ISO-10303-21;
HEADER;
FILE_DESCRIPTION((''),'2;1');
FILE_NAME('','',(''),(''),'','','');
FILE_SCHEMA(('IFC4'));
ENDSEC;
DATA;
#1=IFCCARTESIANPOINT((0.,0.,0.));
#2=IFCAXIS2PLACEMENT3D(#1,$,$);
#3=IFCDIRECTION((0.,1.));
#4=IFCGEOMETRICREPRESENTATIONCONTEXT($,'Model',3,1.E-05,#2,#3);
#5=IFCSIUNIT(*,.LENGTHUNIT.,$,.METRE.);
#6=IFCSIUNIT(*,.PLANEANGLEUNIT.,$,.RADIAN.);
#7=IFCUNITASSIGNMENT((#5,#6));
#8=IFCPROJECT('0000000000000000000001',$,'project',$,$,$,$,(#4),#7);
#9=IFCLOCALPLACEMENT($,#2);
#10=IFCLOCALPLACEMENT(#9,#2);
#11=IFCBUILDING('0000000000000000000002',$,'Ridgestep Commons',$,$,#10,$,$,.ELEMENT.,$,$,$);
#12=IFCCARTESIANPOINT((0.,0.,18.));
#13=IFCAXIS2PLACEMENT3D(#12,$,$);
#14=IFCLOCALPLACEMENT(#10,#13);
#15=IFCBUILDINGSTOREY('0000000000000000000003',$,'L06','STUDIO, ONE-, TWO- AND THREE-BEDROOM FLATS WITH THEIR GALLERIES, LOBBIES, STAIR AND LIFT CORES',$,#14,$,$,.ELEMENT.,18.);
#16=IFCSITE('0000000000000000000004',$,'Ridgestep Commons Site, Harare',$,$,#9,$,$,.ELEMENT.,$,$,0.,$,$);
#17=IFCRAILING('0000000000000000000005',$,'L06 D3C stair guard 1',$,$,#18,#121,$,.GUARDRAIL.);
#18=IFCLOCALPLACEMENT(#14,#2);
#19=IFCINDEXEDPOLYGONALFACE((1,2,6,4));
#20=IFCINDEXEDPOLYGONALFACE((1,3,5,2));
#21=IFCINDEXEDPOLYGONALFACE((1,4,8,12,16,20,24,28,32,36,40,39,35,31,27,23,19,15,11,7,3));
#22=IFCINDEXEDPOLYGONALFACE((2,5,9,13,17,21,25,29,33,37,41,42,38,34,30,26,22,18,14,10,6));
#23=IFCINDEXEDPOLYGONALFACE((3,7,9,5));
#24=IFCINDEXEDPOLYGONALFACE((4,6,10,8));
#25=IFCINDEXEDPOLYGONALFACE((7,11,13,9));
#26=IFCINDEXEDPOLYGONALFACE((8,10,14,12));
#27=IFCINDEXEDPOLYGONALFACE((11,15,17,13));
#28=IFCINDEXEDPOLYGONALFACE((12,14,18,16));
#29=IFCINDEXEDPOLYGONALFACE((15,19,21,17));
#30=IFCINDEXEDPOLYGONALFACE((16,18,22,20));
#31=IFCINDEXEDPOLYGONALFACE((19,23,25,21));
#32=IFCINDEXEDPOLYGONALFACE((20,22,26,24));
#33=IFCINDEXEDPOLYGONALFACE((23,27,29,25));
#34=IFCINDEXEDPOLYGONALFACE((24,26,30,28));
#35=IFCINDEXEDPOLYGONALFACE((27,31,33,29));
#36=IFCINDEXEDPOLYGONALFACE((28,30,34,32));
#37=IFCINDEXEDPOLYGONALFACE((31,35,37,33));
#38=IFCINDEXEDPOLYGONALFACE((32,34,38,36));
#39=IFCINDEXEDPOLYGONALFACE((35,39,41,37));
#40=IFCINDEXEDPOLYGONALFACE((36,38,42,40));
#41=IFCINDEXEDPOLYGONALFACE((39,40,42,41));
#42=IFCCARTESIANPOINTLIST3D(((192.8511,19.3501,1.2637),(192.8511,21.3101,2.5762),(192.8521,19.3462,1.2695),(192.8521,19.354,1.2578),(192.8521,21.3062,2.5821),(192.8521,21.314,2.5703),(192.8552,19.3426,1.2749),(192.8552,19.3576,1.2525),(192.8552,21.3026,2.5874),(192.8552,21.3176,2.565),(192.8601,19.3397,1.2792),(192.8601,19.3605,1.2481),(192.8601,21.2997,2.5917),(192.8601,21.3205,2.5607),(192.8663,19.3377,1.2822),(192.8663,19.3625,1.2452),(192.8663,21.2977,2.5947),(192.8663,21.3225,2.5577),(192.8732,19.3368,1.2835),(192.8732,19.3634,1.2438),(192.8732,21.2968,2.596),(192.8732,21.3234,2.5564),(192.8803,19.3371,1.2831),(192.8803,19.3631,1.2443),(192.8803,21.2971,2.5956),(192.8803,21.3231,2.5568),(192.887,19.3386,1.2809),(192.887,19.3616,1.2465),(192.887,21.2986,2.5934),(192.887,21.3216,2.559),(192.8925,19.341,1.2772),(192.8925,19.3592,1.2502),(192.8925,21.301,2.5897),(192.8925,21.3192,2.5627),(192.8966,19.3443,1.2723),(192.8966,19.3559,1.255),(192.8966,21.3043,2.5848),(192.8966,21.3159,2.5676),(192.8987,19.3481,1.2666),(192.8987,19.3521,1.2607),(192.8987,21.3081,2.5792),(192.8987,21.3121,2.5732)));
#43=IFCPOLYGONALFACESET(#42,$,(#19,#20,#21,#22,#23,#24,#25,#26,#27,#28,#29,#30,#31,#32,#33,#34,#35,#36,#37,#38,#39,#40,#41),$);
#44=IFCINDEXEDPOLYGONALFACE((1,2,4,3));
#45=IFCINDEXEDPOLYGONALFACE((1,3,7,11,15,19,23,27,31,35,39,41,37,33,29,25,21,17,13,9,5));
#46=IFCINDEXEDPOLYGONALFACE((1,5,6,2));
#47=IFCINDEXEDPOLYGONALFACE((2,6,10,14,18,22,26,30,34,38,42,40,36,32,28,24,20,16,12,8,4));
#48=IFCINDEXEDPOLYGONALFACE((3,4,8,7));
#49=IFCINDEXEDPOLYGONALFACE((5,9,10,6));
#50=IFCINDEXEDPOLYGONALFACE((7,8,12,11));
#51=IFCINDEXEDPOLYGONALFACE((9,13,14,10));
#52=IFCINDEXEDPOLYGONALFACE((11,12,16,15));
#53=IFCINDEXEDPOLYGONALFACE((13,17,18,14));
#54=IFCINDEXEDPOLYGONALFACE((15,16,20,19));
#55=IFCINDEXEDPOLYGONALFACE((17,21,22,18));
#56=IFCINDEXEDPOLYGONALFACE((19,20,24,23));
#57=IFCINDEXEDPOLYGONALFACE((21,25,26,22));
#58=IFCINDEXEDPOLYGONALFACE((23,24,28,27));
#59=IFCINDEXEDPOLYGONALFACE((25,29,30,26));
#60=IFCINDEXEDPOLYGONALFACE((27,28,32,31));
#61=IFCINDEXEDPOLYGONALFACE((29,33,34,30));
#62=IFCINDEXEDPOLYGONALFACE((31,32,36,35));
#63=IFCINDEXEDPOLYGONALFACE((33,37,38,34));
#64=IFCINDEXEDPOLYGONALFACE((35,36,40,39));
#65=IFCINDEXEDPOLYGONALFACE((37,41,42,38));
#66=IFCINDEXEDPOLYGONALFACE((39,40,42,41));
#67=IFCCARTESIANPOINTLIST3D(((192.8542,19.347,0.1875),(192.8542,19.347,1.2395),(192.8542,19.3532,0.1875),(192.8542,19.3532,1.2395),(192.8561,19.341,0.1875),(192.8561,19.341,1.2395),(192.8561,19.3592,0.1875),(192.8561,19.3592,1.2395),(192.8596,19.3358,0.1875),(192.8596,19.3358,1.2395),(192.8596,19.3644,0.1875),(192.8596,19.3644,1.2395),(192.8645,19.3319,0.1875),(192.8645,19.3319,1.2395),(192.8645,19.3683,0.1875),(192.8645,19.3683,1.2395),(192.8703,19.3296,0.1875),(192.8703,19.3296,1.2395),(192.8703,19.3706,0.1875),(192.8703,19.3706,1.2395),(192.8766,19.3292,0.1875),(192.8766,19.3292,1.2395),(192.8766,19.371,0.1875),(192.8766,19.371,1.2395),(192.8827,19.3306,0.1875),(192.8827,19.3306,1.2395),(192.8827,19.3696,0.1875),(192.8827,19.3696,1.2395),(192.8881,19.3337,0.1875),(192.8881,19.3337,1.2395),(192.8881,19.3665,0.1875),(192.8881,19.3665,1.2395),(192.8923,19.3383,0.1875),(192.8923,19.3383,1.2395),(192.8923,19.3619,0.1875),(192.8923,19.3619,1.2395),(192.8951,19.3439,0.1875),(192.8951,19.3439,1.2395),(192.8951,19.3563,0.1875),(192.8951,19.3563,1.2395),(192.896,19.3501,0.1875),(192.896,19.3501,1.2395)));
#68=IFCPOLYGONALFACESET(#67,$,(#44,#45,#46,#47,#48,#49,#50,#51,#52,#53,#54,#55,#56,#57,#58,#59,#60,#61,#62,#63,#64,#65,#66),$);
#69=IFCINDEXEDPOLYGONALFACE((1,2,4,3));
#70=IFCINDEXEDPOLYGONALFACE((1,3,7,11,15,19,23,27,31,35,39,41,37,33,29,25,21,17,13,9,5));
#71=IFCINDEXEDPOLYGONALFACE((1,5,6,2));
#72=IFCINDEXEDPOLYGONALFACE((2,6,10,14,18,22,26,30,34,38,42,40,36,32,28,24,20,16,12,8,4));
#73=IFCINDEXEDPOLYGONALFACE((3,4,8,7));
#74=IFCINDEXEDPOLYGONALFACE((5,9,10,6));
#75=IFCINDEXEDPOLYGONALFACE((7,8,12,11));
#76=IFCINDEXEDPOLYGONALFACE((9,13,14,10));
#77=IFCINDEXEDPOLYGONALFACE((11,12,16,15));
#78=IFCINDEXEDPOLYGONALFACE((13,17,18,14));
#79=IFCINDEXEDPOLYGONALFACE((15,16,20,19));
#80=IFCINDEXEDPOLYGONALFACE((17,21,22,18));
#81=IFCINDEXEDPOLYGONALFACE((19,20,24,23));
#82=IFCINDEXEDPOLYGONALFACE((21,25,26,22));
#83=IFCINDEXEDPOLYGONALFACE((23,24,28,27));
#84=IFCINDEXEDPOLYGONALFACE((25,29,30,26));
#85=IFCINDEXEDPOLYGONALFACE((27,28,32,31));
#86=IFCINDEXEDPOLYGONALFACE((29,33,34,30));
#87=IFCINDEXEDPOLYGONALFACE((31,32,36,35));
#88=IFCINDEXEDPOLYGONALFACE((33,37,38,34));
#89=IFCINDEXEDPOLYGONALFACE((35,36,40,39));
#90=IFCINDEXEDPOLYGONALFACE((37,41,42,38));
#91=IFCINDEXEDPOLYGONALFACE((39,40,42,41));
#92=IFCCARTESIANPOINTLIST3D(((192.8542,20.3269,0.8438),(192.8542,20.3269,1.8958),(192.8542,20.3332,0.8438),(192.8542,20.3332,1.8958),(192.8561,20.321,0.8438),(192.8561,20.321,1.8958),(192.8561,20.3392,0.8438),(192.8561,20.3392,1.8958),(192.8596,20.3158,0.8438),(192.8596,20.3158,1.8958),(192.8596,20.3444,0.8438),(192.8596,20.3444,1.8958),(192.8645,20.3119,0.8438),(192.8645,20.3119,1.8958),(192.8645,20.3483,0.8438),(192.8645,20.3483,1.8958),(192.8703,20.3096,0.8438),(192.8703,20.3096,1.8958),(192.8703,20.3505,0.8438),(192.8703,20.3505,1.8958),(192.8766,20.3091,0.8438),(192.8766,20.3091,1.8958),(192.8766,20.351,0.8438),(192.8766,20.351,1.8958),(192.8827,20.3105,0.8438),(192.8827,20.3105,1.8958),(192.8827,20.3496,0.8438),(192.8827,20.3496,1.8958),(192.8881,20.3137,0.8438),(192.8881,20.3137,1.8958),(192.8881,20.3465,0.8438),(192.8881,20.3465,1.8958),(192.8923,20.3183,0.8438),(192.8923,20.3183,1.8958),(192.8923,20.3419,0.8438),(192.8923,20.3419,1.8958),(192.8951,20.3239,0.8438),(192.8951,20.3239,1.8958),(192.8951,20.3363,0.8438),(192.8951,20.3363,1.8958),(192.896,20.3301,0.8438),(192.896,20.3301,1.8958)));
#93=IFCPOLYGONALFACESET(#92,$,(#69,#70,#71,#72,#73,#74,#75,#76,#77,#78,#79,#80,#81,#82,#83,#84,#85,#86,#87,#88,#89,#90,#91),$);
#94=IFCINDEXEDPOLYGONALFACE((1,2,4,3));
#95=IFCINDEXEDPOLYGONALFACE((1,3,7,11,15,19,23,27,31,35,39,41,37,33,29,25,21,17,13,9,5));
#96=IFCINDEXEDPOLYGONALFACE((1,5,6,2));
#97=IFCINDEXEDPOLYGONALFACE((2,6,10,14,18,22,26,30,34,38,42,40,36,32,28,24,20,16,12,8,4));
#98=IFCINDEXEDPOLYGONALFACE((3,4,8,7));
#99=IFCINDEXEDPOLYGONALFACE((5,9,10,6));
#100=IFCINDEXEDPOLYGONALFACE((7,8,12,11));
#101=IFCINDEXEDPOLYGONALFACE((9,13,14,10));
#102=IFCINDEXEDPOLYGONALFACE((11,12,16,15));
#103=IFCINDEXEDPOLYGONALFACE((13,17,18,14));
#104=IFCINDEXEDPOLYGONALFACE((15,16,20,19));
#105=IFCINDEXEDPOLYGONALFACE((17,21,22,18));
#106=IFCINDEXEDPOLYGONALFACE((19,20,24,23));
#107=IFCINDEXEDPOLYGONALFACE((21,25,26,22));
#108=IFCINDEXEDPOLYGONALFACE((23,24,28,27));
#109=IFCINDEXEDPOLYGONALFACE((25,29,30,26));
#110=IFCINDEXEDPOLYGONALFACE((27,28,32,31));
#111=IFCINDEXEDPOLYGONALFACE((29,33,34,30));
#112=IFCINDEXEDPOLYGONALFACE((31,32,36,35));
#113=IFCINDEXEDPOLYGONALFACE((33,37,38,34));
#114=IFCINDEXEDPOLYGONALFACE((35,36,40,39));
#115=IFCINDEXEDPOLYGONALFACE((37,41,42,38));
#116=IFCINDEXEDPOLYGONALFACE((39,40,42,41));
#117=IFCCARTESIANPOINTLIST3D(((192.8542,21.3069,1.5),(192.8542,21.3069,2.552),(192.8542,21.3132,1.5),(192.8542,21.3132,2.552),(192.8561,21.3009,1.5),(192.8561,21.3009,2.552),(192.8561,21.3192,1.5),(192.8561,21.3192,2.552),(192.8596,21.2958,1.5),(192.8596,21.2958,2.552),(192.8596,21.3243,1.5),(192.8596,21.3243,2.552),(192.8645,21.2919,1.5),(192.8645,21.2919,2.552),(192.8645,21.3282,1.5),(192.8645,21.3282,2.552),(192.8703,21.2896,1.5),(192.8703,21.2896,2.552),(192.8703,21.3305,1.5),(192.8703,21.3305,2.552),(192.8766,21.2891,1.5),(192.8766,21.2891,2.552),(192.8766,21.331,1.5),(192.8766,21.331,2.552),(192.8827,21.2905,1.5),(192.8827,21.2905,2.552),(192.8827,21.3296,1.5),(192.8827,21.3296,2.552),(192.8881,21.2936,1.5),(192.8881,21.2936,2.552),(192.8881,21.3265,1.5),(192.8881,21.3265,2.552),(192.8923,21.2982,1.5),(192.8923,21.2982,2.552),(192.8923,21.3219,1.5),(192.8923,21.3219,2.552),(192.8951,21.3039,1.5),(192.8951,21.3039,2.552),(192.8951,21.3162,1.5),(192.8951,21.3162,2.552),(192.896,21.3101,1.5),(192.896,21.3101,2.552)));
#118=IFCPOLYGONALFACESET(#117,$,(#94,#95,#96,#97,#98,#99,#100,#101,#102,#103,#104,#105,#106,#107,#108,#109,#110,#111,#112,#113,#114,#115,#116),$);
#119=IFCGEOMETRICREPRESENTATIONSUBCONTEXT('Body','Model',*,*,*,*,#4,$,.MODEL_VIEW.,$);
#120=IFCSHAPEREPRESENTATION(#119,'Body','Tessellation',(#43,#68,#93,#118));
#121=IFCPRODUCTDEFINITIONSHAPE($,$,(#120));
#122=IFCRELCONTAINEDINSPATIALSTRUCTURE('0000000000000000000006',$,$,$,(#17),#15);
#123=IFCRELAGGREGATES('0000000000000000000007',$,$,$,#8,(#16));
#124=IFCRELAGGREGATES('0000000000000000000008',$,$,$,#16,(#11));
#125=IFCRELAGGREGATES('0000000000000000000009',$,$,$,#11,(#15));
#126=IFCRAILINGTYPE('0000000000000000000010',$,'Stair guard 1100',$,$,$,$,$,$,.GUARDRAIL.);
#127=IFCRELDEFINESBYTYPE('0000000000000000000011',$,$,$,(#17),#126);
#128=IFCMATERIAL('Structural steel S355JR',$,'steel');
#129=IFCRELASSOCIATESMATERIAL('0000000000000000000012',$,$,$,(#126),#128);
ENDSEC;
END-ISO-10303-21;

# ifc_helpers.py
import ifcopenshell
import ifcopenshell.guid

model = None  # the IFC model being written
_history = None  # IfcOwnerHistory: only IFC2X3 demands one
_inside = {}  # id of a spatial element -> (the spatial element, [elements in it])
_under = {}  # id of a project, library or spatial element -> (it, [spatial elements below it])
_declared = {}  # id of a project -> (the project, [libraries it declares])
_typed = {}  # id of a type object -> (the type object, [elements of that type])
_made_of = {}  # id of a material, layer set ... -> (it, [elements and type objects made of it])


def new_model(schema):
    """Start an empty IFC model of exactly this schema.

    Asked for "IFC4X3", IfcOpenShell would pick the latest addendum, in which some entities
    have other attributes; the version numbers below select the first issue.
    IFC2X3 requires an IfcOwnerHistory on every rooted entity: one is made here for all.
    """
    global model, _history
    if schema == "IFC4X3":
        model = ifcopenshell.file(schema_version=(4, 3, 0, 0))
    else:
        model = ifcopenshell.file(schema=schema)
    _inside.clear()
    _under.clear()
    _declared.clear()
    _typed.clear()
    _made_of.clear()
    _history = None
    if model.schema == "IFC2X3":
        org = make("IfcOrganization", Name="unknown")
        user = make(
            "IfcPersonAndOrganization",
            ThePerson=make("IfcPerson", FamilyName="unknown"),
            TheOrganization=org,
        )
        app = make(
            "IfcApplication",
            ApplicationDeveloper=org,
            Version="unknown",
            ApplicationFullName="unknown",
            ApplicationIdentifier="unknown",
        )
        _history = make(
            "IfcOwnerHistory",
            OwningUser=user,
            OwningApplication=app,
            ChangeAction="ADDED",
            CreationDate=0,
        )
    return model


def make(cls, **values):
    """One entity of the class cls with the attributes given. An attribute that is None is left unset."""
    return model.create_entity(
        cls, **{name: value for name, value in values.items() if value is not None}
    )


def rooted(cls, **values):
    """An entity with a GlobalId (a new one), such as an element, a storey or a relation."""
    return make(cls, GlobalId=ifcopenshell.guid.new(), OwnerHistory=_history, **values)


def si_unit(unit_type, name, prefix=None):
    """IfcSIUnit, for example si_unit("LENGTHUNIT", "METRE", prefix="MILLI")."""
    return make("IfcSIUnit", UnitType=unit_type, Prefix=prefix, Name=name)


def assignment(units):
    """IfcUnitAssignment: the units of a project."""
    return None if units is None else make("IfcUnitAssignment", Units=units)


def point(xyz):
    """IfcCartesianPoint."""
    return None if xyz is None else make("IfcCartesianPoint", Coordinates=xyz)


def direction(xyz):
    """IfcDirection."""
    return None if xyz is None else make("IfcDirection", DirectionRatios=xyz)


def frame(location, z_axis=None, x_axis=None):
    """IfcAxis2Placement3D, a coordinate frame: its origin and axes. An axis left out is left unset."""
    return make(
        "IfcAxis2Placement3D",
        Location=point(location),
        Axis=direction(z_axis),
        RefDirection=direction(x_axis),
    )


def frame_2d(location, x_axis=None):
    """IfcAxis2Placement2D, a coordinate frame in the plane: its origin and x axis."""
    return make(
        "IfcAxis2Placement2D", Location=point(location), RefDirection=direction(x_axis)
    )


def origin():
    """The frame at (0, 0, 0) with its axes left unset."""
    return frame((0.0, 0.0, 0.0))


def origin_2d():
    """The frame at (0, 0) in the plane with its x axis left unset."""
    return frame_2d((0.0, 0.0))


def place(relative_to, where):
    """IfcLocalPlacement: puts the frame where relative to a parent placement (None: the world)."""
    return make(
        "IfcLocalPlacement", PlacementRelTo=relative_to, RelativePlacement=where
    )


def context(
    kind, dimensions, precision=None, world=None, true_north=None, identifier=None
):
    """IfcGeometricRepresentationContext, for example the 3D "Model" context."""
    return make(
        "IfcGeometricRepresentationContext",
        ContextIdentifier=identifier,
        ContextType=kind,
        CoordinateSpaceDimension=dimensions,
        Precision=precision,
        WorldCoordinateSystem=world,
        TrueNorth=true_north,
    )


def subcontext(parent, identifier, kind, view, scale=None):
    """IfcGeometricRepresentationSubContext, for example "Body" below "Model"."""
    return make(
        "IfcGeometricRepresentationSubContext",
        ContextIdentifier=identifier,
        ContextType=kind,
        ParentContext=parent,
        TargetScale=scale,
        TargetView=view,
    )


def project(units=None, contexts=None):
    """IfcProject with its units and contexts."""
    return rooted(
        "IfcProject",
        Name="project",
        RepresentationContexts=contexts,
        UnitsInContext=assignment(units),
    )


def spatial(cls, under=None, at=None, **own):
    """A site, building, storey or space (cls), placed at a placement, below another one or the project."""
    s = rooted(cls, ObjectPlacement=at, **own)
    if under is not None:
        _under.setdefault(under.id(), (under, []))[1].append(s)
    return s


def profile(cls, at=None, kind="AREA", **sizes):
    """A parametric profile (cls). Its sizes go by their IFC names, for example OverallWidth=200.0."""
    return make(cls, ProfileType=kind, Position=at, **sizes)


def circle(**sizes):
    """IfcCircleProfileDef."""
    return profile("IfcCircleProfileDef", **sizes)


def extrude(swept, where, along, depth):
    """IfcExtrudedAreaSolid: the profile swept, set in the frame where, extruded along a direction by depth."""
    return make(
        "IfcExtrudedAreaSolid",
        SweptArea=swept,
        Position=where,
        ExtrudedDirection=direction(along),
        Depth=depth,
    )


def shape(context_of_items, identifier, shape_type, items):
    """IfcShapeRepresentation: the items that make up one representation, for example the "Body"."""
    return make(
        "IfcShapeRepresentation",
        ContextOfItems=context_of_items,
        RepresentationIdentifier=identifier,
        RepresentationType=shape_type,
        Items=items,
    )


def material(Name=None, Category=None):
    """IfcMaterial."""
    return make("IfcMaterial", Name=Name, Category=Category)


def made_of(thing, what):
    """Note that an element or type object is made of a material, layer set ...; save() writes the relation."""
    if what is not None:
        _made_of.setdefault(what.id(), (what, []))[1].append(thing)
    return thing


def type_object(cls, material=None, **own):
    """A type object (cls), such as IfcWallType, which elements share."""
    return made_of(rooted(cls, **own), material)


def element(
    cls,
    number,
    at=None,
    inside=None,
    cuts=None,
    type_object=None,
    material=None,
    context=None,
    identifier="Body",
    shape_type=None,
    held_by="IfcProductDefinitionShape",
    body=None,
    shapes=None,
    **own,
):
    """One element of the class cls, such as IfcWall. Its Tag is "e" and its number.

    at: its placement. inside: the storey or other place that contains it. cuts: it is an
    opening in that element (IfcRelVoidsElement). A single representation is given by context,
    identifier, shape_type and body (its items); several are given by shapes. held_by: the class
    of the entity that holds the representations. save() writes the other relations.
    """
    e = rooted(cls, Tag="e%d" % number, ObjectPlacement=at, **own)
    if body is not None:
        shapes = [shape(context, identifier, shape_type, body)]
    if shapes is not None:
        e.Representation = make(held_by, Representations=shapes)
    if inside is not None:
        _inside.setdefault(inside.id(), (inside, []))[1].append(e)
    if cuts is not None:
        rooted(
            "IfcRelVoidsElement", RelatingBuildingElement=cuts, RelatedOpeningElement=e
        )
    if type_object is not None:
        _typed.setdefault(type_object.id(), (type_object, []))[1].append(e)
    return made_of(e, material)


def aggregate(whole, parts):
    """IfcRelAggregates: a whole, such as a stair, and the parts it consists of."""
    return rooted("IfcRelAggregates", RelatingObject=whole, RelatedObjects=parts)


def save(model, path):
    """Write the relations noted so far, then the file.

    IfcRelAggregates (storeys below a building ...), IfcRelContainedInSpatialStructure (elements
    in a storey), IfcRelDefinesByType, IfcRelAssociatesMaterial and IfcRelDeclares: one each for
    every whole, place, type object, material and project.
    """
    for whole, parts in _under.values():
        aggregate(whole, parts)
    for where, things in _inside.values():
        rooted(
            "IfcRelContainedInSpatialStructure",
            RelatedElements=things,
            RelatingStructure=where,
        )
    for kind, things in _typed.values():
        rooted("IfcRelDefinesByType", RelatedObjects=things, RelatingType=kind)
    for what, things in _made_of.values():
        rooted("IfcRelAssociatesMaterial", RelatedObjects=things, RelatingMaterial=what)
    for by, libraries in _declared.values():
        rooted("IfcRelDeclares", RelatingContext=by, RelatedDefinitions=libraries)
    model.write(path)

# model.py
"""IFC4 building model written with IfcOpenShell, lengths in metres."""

from ifc_helpers import new_model, si_unit, direction, frame, origin, origin_2d, place, context, subcontext, project, spatial, circle, extrude, material, type_object, element, save


model = new_model("IFC4")

# Units and contexts
model_context = context("Model", 3, precision=1e-05, world=origin(), true_north=direction((0.0, 1.0)))
body_context = subcontext(model_context, "Body", "Model", "MODEL_VIEW")
ifc_project = project(units=[si_unit("LENGTHUNIT", "METRE"), si_unit("PLANEANGLEUNIT", "RADIAN")], contexts=[model_context])

# Site, building, storey
site_placement = place(None, origin())
site = spatial("IfcSite", under=ifc_project, at=site_placement, Name="Ridgestep Commons Site, Harare", CompositionType="ELEMENT", RefElevation=0.0)
building_placement = place(site_placement, origin())
building = spatial("IfcBuilding", under=site, at=building_placement, Name="Ridgestep Commons", CompositionType="ELEMENT")
storey_placement = place(building_placement, frame((0.0, 0.0, 18.0)))
storey = spatial("IfcBuildingStorey", under=building, at=storey_placement, Name="L06", Description="STUDIO, ONE-, TWO- AND THREE-BEDROOM FLATS WITH THEIR GALLERIES, LOBBIES, STAIR AND LIFT CORES", CompositionType="ELEMENT", Elevation=18.0)

# Railing
ifc_material_1 = material(Name="Structural steel S355JR", Category="steel")
railing_type_1 = type_object("IfcRailingType", Name="Stair guard 1100", PredefinedType="GUARDRAIL", material=ifc_material_1)
railing_1_placement = place(storey_placement, frame((192.875, 19.3501, 0.1875)))
element("IfcRailing", 1, at=railing_1_placement, inside=storey, type_object=railing_type_1, Name="L06 D3C stair guard 1", PredefinedType="GUARDRAIL", context=body_context, shape_type="SweptSolid", body=[
    extrude(circle(Radius=0.0239, at=origin_2d()), frame((0.0, 0.0, 1.0762), z_axis=(0.0, 0.830902, 0.556419), x_axis=(-1.0, 0.0, 0.0)), (0.0, 0.0, 1.0), 2.3589),
    extrude(circle(Radius=0.021, at=origin_2d()), origin(), (0.0, 0.0, 1.0), 1.052),
    extrude(circle(Radius=0.021, at=origin_2d()), frame((0.0, 0.98, 0.6562)), (0.0, 0.0, 1.0), 1.052),
    extrude(circle(Radius=0.021, at=origin_2d()), frame((0.0, 1.96, 1.3125)), (0.0, 0.0, 1.0), 1.052),
])

save(model, "model.ifc")
